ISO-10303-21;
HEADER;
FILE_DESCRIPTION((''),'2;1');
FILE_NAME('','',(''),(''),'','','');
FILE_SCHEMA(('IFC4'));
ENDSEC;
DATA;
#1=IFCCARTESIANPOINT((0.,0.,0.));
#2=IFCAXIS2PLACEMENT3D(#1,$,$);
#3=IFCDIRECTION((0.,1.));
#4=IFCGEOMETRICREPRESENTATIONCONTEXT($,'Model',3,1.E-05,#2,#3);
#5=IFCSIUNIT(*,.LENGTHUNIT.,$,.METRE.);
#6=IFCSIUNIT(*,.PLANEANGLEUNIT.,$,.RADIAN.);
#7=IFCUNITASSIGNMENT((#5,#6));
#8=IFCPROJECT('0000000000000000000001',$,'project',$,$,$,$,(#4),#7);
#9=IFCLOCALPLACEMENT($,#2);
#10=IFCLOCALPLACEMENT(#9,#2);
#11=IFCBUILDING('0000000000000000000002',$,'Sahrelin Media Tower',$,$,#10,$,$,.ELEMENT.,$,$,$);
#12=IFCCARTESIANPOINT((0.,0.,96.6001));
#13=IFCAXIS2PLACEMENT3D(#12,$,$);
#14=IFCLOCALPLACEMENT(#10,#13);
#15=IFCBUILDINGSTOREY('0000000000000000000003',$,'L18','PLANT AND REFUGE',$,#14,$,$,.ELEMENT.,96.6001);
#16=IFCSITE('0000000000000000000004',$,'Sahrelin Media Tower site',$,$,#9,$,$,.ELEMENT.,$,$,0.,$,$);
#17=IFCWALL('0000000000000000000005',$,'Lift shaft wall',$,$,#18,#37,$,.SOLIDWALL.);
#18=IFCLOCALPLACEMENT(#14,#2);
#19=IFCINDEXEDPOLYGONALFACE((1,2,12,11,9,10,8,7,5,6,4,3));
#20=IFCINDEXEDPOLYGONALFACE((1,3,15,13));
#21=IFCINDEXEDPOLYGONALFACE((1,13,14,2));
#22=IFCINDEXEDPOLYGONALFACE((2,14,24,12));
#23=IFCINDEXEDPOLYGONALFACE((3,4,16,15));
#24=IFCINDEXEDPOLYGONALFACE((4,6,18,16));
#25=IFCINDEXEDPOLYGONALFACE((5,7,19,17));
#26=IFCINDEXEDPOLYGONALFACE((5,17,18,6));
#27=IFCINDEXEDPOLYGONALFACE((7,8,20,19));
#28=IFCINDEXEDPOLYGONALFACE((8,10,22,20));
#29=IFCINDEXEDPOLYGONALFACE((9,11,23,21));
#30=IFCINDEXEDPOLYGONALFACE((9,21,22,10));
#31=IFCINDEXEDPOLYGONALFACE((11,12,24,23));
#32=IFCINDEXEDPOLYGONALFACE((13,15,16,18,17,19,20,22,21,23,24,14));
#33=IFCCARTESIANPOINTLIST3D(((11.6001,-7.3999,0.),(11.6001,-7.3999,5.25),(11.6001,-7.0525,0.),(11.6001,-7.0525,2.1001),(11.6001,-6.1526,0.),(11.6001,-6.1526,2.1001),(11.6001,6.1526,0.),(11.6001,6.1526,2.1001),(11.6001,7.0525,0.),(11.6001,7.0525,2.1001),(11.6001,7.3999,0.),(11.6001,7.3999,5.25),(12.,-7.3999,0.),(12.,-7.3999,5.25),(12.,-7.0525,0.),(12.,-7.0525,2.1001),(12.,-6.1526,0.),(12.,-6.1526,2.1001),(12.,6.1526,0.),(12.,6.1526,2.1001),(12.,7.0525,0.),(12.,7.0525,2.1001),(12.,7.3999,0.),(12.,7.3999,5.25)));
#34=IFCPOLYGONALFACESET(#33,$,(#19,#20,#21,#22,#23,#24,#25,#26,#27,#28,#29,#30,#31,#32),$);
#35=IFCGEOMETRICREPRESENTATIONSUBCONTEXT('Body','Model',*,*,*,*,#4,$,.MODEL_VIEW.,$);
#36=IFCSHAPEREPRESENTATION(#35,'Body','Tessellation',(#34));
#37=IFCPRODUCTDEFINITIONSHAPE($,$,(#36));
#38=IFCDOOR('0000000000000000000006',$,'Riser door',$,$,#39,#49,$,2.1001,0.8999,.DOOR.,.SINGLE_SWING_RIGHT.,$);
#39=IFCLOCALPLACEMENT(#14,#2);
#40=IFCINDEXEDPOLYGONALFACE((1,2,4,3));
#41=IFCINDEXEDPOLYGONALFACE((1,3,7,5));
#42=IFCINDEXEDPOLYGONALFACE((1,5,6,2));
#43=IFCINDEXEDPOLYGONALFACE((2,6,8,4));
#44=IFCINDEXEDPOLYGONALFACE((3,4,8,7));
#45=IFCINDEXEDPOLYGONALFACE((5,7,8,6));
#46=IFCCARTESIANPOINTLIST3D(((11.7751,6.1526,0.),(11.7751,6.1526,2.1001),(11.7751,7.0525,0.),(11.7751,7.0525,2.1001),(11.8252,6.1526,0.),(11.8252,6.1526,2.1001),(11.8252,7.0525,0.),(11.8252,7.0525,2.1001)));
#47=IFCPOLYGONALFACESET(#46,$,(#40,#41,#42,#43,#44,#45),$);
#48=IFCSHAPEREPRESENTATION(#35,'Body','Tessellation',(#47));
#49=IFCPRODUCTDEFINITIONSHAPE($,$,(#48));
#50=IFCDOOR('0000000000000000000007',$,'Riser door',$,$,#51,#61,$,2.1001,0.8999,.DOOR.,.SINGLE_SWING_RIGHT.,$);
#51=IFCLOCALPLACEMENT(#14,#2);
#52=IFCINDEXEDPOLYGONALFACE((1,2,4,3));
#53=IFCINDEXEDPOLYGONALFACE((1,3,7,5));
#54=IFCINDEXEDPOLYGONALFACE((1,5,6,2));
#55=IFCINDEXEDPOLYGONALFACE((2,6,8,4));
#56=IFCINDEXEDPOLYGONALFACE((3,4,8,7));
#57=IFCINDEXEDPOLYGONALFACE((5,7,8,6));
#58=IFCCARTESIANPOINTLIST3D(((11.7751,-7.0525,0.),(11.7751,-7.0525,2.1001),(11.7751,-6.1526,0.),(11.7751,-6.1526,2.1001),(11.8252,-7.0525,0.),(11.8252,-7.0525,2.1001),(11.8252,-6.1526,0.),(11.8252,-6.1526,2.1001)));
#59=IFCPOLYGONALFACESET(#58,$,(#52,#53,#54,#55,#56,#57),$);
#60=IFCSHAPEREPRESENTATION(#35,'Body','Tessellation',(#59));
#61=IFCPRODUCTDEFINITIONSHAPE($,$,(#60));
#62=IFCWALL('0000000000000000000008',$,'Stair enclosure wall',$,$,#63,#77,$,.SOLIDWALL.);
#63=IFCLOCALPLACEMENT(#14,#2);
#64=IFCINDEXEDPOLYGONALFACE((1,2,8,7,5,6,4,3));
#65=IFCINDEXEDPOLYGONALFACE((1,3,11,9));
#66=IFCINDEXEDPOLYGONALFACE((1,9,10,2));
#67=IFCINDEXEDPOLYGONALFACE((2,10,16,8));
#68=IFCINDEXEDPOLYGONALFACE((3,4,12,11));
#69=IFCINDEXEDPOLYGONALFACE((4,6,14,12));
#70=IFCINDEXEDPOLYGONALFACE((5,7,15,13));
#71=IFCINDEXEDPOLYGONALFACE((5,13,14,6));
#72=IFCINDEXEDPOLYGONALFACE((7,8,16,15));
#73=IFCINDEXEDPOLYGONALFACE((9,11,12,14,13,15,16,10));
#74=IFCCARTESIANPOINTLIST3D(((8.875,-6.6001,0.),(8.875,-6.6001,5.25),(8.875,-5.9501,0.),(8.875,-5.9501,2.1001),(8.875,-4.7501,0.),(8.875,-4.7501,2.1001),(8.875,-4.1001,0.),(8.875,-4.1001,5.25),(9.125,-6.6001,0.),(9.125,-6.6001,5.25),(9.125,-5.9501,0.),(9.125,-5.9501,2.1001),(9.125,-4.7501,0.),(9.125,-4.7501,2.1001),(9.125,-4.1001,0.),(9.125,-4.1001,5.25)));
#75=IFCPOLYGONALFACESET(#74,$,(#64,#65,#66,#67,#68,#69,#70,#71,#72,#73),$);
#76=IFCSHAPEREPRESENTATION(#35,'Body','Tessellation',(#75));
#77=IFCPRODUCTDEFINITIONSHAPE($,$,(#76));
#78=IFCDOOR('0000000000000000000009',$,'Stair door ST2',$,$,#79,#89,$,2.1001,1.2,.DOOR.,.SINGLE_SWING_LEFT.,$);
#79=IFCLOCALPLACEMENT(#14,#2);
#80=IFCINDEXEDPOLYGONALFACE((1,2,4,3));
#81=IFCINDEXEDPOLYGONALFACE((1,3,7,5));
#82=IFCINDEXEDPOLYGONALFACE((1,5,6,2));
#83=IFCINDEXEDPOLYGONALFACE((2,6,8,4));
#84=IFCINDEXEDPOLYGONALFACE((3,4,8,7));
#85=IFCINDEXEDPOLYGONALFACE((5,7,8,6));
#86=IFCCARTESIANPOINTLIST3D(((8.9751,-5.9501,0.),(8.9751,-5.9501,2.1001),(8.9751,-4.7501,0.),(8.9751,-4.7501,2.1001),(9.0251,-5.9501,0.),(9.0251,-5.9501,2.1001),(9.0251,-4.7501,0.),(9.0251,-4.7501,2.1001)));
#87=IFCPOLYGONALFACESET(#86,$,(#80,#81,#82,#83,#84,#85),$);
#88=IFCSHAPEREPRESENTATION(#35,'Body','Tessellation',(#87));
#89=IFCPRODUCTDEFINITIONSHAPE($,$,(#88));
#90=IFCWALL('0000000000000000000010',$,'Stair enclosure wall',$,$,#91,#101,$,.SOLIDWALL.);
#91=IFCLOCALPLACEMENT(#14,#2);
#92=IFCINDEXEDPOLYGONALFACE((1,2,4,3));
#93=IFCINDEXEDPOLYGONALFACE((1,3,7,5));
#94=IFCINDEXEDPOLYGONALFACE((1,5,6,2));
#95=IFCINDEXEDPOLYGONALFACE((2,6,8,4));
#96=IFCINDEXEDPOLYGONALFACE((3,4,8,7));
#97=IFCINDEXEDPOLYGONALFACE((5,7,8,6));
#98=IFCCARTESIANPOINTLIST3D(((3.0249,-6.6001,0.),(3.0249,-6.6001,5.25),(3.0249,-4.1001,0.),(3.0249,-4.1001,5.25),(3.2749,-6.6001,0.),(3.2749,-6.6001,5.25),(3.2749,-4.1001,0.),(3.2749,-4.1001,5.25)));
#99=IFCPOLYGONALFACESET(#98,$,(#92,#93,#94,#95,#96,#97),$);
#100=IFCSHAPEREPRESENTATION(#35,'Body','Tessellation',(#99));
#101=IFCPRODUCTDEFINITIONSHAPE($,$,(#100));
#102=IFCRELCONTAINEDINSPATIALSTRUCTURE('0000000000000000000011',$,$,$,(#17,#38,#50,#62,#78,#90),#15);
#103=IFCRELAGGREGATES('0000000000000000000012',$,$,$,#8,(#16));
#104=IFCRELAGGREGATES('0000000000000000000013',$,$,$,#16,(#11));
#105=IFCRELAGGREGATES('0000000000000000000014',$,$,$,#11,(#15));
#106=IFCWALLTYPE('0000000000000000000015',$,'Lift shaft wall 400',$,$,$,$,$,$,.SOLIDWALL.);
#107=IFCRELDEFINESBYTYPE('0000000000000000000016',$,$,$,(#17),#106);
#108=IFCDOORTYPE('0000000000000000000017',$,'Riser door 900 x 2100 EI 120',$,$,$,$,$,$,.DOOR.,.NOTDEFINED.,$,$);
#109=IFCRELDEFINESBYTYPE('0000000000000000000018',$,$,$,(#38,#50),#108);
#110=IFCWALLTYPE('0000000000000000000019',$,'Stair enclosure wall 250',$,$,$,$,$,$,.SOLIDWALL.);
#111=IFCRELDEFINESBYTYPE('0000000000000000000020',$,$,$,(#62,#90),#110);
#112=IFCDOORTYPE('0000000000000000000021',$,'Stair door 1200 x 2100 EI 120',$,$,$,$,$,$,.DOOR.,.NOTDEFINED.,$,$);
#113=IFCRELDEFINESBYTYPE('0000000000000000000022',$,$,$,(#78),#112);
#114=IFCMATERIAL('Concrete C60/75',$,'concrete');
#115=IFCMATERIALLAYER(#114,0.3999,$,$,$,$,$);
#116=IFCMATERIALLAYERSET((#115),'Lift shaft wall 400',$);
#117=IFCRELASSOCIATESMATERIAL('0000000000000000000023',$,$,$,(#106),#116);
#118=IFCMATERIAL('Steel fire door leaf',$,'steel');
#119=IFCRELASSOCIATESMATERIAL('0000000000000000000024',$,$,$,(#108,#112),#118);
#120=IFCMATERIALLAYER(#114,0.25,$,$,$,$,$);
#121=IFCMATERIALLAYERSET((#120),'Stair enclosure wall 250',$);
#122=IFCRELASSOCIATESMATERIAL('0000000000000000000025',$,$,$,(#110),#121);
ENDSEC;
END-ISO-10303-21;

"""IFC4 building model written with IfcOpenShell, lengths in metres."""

from ifc_helpers import new_model, si_unit, direction, frame, frame_2d, origin, place, context, subcontext, project, spatial, rectangle, extrude, material, layer, layer_set, type_object, element, fill, save


model = new_model("IFC4")

# Units and contexts
model_context = context("Model", 3, precision=1e-05, world=origin(), true_north=direction((0.0, 1.0)))
body_context = subcontext(model_context, "Body", "Model", "MODEL_VIEW")
ifc_project = project(units=[si_unit("LENGTHUNIT", "METRE"), si_unit("PLANEANGLEUNIT", "RADIAN")], contexts=[model_context])

# Site, building, storey
site_placement = place(None, origin())
site = spatial("IfcSite", under=ifc_project, at=site_placement, Name="Sahrelin Media Tower site", CompositionType="ELEMENT", RefElevation=0.0)
building_placement = place(site_placement, origin())
building = spatial("IfcBuilding", under=site, at=building_placement, Name="Sahrelin Media Tower", CompositionType="ELEMENT")
storey_placement = place(building_placement, frame((0.0, 0.0, 96.6001)))
storey = spatial("IfcBuildingStorey", under=building, at=storey_placement, Name="L18", Description="PLANT AND REFUGE", CompositionType="ELEMENT", Elevation=96.6001)

# Shared definitions
ifc_material_1 = material(Name="Steel fire door leaf", Category="steel")

# Shared definitions
ifc_material_2 = material(Name="Concrete C60/75", Category="concrete")

# Wall, openings, doors
ifc_layer_1 = layer(ifc_material_2, 0.3999)
ifc_layer_set_1 = layer_set([ifc_layer_1], Name="Lift shaft wall 400")
wall_type_1 = type_object("IfcWallType", Name="Lift shaft wall 400", PredefinedType="SOLIDWALL", material=ifc_layer_set_1)
wall_1_placement = place(storey_placement, frame((11.8, -7.3999, 0.0), z_axis=(0.0, 0.0, 1.0), x_axis=(0.0, 1.0, 0.0)))
wall_1 = element("IfcWall", 1, at=wall_1_placement, inside=storey, type_object=wall_type_1, Name="Lift shaft wall", PredefinedType="SOLIDWALL", context=body_context, shape_type="SweptSolid", body=[
    extrude(rectangle(XDim=14.7998, YDim=0.3999, at=frame_2d((7.3999, 0.0))), origin(), (0.0, 0.0, 1.0), 5.25),
])
opening_1_placement = place(wall_1_placement, frame((13.5525, 0.0, 0.0)))
opening_1 = element("IfcOpeningElement", 2, at=opening_1_placement, cuts=wall_1, PredefinedType="OPENING", context=body_context, shape_type="SweptSolid", body=[
    extrude(rectangle(XDim=0.8999, YDim=2.1001, at=frame_2d((0.45, 1.05))), frame((0.0, 0.2, 0.0), z_axis=(0.0, -1.0, 0.0), x_axis=(1.0, 0.0, 0.0)), (0.0, 0.0, 1.0), 0.3999),
])
opening_2_placement = place(wall_1_placement, frame((0.3474, 0.0, 0.0)))
opening_2 = element("IfcOpeningElement", 3, at=opening_2_placement, cuts=wall_1, PredefinedType="OPENING", context=body_context, shape_type="SweptSolid", body=[
    extrude(rectangle(XDim=0.8999, YDim=2.1001, at=frame_2d((0.45, 1.05))), frame((0.0, 0.2, 0.0), z_axis=(0.0, -1.0, 0.0), x_axis=(1.0, 0.0, 0.0)), (0.0, 0.0, 1.0), 0.3999),
])
door_type_1 = type_object("IfcDoorType", Name="Riser door 900 x 2100 EI 120", OperationType="NOTDEFINED", PredefinedType="DOOR", material=ifc_material_1)
door_1_placement = place(opening_1_placement, origin())
door_1 = element("IfcDoor", 4, at=door_1_placement, inside=storey, type_object=door_type_1, Name="Riser door", OperationType="SINGLE_SWING_RIGHT", OverallHeight=2.1001, OverallWidth=0.8999, PredefinedType="DOOR", context=body_context, shape_type="SweptSolid", body=[
    extrude(rectangle(XDim=0.8999, YDim=2.1001, at=frame_2d((0.45, 1.05))), frame((0.0, 0.0249, 0.0), z_axis=(0.0, -1.0, 0.0), x_axis=(1.0, 0.0, 0.0)), (0.0, 0.0, 1.0), 0.05),
])
fill(opening_1, door_1)
door_2_placement = place(opening_2_placement, origin())
door_2 = element("IfcDoor", 5, at=door_2_placement, inside=storey, type_object=door_type_1, Name="Riser door", OperationType="SINGLE_SWING_RIGHT", OverallHeight=2.1001, OverallWidth=0.8999, PredefinedType="DOOR", context=body_context, shape_type="SweptSolid", body=[
    extrude(rectangle(XDim=0.8999, YDim=2.1001, at=frame_2d((0.45, 1.05))), frame((0.0, 0.0249, 0.0), z_axis=(0.0, -1.0, 0.0), x_axis=(1.0, 0.0, 0.0)), (0.0, 0.0, 1.0), 0.05),
])
fill(opening_2, door_2)

# Wall, opening, door
ifc_layer_2 = layer(ifc_material_2, 0.25)
ifc_layer_set_2 = layer_set([ifc_layer_2], Name="Stair enclosure wall 250")
wall_type_2 = type_object("IfcWallType", Name="Stair enclosure wall 250", PredefinedType="SOLIDWALL", material=ifc_layer_set_2)
wall_2_placement = place(storey_placement, frame((9.0, -6.6001, 0.0), z_axis=(0.0, 0.0, 1.0), x_axis=(0.0, 1.0, 0.0)))
wall_2 = element("IfcWall", 6, at=wall_2_placement, inside=storey, type_object=wall_type_2, Name="Stair enclosure wall", PredefinedType="SOLIDWALL", context=body_context, shape_type="SweptSolid", body=[
    extrude(rectangle(XDim=2.5, YDim=0.25, at=frame_2d((1.25, 0.0))), origin(), (0.0, 0.0, 1.0), 5.25),
])
opening_3_placement = place(wall_2_placement, frame((0.6499, 0.0, 0.0)))
opening_3 = element("IfcOpeningElement", 7, at=opening_3_placement, cuts=wall_2, PredefinedType="OPENING", context=body_context, shape_type="SweptSolid", body=[
    extrude(rectangle(XDim=1.2, YDim=2.1001, at=frame_2d((0.6001, 1.05))), frame((0.0, 0.125, 0.0), z_axis=(0.0, -1.0, 0.0), x_axis=(1.0, 0.0, 0.0)), (0.0, 0.0, 1.0), 0.25),
])
door_type_2 = type_object("IfcDoorType", Name="Stair door 1200 x 2100 EI 120", OperationType="NOTDEFINED", PredefinedType="DOOR", material=ifc_material_1)
door_3_placement = place(opening_3_placement, origin())
door_3 = element("IfcDoor", 8, at=door_3_placement, inside=storey, type_object=door_type_2, Name="Stair door ST2", OperationType="SINGLE_SWING_LEFT", OverallHeight=2.1001, OverallWidth=1.2, PredefinedType="DOOR", context=body_context, shape_type="SweptSolid", body=[
    extrude(rectangle(XDim=1.2, YDim=2.1001, at=frame_2d((0.6001, 1.05))), frame((0.0, 0.0249, 0.0), z_axis=(0.0, -1.0, 0.0), x_axis=(1.0, 0.0, 0.0)), (0.0, 0.0, 1.0), 0.05),
])
fill(opening_3, door_3)

# Wall
wall_3_placement = place(storey_placement, frame((3.1499, -6.6001, 0.0), z_axis=(0.0, 0.0, 1.0), x_axis=(0.0, 1.0, 0.0)))
element("IfcWall", 9, at=wall_3_placement, inside=storey, type_object=wall_type_2, Name="Stair enclosure wall", PredefinedType="SOLIDWALL", context=body_context, shape_type="SweptSolid", body=[
    extrude(rectangle(XDim=2.5, YDim=0.25, at=frame_2d((1.25, 0.0))), origin(), (0.0, 0.0, 1.0), 5.25),
])

save(model, "model.ifc")
